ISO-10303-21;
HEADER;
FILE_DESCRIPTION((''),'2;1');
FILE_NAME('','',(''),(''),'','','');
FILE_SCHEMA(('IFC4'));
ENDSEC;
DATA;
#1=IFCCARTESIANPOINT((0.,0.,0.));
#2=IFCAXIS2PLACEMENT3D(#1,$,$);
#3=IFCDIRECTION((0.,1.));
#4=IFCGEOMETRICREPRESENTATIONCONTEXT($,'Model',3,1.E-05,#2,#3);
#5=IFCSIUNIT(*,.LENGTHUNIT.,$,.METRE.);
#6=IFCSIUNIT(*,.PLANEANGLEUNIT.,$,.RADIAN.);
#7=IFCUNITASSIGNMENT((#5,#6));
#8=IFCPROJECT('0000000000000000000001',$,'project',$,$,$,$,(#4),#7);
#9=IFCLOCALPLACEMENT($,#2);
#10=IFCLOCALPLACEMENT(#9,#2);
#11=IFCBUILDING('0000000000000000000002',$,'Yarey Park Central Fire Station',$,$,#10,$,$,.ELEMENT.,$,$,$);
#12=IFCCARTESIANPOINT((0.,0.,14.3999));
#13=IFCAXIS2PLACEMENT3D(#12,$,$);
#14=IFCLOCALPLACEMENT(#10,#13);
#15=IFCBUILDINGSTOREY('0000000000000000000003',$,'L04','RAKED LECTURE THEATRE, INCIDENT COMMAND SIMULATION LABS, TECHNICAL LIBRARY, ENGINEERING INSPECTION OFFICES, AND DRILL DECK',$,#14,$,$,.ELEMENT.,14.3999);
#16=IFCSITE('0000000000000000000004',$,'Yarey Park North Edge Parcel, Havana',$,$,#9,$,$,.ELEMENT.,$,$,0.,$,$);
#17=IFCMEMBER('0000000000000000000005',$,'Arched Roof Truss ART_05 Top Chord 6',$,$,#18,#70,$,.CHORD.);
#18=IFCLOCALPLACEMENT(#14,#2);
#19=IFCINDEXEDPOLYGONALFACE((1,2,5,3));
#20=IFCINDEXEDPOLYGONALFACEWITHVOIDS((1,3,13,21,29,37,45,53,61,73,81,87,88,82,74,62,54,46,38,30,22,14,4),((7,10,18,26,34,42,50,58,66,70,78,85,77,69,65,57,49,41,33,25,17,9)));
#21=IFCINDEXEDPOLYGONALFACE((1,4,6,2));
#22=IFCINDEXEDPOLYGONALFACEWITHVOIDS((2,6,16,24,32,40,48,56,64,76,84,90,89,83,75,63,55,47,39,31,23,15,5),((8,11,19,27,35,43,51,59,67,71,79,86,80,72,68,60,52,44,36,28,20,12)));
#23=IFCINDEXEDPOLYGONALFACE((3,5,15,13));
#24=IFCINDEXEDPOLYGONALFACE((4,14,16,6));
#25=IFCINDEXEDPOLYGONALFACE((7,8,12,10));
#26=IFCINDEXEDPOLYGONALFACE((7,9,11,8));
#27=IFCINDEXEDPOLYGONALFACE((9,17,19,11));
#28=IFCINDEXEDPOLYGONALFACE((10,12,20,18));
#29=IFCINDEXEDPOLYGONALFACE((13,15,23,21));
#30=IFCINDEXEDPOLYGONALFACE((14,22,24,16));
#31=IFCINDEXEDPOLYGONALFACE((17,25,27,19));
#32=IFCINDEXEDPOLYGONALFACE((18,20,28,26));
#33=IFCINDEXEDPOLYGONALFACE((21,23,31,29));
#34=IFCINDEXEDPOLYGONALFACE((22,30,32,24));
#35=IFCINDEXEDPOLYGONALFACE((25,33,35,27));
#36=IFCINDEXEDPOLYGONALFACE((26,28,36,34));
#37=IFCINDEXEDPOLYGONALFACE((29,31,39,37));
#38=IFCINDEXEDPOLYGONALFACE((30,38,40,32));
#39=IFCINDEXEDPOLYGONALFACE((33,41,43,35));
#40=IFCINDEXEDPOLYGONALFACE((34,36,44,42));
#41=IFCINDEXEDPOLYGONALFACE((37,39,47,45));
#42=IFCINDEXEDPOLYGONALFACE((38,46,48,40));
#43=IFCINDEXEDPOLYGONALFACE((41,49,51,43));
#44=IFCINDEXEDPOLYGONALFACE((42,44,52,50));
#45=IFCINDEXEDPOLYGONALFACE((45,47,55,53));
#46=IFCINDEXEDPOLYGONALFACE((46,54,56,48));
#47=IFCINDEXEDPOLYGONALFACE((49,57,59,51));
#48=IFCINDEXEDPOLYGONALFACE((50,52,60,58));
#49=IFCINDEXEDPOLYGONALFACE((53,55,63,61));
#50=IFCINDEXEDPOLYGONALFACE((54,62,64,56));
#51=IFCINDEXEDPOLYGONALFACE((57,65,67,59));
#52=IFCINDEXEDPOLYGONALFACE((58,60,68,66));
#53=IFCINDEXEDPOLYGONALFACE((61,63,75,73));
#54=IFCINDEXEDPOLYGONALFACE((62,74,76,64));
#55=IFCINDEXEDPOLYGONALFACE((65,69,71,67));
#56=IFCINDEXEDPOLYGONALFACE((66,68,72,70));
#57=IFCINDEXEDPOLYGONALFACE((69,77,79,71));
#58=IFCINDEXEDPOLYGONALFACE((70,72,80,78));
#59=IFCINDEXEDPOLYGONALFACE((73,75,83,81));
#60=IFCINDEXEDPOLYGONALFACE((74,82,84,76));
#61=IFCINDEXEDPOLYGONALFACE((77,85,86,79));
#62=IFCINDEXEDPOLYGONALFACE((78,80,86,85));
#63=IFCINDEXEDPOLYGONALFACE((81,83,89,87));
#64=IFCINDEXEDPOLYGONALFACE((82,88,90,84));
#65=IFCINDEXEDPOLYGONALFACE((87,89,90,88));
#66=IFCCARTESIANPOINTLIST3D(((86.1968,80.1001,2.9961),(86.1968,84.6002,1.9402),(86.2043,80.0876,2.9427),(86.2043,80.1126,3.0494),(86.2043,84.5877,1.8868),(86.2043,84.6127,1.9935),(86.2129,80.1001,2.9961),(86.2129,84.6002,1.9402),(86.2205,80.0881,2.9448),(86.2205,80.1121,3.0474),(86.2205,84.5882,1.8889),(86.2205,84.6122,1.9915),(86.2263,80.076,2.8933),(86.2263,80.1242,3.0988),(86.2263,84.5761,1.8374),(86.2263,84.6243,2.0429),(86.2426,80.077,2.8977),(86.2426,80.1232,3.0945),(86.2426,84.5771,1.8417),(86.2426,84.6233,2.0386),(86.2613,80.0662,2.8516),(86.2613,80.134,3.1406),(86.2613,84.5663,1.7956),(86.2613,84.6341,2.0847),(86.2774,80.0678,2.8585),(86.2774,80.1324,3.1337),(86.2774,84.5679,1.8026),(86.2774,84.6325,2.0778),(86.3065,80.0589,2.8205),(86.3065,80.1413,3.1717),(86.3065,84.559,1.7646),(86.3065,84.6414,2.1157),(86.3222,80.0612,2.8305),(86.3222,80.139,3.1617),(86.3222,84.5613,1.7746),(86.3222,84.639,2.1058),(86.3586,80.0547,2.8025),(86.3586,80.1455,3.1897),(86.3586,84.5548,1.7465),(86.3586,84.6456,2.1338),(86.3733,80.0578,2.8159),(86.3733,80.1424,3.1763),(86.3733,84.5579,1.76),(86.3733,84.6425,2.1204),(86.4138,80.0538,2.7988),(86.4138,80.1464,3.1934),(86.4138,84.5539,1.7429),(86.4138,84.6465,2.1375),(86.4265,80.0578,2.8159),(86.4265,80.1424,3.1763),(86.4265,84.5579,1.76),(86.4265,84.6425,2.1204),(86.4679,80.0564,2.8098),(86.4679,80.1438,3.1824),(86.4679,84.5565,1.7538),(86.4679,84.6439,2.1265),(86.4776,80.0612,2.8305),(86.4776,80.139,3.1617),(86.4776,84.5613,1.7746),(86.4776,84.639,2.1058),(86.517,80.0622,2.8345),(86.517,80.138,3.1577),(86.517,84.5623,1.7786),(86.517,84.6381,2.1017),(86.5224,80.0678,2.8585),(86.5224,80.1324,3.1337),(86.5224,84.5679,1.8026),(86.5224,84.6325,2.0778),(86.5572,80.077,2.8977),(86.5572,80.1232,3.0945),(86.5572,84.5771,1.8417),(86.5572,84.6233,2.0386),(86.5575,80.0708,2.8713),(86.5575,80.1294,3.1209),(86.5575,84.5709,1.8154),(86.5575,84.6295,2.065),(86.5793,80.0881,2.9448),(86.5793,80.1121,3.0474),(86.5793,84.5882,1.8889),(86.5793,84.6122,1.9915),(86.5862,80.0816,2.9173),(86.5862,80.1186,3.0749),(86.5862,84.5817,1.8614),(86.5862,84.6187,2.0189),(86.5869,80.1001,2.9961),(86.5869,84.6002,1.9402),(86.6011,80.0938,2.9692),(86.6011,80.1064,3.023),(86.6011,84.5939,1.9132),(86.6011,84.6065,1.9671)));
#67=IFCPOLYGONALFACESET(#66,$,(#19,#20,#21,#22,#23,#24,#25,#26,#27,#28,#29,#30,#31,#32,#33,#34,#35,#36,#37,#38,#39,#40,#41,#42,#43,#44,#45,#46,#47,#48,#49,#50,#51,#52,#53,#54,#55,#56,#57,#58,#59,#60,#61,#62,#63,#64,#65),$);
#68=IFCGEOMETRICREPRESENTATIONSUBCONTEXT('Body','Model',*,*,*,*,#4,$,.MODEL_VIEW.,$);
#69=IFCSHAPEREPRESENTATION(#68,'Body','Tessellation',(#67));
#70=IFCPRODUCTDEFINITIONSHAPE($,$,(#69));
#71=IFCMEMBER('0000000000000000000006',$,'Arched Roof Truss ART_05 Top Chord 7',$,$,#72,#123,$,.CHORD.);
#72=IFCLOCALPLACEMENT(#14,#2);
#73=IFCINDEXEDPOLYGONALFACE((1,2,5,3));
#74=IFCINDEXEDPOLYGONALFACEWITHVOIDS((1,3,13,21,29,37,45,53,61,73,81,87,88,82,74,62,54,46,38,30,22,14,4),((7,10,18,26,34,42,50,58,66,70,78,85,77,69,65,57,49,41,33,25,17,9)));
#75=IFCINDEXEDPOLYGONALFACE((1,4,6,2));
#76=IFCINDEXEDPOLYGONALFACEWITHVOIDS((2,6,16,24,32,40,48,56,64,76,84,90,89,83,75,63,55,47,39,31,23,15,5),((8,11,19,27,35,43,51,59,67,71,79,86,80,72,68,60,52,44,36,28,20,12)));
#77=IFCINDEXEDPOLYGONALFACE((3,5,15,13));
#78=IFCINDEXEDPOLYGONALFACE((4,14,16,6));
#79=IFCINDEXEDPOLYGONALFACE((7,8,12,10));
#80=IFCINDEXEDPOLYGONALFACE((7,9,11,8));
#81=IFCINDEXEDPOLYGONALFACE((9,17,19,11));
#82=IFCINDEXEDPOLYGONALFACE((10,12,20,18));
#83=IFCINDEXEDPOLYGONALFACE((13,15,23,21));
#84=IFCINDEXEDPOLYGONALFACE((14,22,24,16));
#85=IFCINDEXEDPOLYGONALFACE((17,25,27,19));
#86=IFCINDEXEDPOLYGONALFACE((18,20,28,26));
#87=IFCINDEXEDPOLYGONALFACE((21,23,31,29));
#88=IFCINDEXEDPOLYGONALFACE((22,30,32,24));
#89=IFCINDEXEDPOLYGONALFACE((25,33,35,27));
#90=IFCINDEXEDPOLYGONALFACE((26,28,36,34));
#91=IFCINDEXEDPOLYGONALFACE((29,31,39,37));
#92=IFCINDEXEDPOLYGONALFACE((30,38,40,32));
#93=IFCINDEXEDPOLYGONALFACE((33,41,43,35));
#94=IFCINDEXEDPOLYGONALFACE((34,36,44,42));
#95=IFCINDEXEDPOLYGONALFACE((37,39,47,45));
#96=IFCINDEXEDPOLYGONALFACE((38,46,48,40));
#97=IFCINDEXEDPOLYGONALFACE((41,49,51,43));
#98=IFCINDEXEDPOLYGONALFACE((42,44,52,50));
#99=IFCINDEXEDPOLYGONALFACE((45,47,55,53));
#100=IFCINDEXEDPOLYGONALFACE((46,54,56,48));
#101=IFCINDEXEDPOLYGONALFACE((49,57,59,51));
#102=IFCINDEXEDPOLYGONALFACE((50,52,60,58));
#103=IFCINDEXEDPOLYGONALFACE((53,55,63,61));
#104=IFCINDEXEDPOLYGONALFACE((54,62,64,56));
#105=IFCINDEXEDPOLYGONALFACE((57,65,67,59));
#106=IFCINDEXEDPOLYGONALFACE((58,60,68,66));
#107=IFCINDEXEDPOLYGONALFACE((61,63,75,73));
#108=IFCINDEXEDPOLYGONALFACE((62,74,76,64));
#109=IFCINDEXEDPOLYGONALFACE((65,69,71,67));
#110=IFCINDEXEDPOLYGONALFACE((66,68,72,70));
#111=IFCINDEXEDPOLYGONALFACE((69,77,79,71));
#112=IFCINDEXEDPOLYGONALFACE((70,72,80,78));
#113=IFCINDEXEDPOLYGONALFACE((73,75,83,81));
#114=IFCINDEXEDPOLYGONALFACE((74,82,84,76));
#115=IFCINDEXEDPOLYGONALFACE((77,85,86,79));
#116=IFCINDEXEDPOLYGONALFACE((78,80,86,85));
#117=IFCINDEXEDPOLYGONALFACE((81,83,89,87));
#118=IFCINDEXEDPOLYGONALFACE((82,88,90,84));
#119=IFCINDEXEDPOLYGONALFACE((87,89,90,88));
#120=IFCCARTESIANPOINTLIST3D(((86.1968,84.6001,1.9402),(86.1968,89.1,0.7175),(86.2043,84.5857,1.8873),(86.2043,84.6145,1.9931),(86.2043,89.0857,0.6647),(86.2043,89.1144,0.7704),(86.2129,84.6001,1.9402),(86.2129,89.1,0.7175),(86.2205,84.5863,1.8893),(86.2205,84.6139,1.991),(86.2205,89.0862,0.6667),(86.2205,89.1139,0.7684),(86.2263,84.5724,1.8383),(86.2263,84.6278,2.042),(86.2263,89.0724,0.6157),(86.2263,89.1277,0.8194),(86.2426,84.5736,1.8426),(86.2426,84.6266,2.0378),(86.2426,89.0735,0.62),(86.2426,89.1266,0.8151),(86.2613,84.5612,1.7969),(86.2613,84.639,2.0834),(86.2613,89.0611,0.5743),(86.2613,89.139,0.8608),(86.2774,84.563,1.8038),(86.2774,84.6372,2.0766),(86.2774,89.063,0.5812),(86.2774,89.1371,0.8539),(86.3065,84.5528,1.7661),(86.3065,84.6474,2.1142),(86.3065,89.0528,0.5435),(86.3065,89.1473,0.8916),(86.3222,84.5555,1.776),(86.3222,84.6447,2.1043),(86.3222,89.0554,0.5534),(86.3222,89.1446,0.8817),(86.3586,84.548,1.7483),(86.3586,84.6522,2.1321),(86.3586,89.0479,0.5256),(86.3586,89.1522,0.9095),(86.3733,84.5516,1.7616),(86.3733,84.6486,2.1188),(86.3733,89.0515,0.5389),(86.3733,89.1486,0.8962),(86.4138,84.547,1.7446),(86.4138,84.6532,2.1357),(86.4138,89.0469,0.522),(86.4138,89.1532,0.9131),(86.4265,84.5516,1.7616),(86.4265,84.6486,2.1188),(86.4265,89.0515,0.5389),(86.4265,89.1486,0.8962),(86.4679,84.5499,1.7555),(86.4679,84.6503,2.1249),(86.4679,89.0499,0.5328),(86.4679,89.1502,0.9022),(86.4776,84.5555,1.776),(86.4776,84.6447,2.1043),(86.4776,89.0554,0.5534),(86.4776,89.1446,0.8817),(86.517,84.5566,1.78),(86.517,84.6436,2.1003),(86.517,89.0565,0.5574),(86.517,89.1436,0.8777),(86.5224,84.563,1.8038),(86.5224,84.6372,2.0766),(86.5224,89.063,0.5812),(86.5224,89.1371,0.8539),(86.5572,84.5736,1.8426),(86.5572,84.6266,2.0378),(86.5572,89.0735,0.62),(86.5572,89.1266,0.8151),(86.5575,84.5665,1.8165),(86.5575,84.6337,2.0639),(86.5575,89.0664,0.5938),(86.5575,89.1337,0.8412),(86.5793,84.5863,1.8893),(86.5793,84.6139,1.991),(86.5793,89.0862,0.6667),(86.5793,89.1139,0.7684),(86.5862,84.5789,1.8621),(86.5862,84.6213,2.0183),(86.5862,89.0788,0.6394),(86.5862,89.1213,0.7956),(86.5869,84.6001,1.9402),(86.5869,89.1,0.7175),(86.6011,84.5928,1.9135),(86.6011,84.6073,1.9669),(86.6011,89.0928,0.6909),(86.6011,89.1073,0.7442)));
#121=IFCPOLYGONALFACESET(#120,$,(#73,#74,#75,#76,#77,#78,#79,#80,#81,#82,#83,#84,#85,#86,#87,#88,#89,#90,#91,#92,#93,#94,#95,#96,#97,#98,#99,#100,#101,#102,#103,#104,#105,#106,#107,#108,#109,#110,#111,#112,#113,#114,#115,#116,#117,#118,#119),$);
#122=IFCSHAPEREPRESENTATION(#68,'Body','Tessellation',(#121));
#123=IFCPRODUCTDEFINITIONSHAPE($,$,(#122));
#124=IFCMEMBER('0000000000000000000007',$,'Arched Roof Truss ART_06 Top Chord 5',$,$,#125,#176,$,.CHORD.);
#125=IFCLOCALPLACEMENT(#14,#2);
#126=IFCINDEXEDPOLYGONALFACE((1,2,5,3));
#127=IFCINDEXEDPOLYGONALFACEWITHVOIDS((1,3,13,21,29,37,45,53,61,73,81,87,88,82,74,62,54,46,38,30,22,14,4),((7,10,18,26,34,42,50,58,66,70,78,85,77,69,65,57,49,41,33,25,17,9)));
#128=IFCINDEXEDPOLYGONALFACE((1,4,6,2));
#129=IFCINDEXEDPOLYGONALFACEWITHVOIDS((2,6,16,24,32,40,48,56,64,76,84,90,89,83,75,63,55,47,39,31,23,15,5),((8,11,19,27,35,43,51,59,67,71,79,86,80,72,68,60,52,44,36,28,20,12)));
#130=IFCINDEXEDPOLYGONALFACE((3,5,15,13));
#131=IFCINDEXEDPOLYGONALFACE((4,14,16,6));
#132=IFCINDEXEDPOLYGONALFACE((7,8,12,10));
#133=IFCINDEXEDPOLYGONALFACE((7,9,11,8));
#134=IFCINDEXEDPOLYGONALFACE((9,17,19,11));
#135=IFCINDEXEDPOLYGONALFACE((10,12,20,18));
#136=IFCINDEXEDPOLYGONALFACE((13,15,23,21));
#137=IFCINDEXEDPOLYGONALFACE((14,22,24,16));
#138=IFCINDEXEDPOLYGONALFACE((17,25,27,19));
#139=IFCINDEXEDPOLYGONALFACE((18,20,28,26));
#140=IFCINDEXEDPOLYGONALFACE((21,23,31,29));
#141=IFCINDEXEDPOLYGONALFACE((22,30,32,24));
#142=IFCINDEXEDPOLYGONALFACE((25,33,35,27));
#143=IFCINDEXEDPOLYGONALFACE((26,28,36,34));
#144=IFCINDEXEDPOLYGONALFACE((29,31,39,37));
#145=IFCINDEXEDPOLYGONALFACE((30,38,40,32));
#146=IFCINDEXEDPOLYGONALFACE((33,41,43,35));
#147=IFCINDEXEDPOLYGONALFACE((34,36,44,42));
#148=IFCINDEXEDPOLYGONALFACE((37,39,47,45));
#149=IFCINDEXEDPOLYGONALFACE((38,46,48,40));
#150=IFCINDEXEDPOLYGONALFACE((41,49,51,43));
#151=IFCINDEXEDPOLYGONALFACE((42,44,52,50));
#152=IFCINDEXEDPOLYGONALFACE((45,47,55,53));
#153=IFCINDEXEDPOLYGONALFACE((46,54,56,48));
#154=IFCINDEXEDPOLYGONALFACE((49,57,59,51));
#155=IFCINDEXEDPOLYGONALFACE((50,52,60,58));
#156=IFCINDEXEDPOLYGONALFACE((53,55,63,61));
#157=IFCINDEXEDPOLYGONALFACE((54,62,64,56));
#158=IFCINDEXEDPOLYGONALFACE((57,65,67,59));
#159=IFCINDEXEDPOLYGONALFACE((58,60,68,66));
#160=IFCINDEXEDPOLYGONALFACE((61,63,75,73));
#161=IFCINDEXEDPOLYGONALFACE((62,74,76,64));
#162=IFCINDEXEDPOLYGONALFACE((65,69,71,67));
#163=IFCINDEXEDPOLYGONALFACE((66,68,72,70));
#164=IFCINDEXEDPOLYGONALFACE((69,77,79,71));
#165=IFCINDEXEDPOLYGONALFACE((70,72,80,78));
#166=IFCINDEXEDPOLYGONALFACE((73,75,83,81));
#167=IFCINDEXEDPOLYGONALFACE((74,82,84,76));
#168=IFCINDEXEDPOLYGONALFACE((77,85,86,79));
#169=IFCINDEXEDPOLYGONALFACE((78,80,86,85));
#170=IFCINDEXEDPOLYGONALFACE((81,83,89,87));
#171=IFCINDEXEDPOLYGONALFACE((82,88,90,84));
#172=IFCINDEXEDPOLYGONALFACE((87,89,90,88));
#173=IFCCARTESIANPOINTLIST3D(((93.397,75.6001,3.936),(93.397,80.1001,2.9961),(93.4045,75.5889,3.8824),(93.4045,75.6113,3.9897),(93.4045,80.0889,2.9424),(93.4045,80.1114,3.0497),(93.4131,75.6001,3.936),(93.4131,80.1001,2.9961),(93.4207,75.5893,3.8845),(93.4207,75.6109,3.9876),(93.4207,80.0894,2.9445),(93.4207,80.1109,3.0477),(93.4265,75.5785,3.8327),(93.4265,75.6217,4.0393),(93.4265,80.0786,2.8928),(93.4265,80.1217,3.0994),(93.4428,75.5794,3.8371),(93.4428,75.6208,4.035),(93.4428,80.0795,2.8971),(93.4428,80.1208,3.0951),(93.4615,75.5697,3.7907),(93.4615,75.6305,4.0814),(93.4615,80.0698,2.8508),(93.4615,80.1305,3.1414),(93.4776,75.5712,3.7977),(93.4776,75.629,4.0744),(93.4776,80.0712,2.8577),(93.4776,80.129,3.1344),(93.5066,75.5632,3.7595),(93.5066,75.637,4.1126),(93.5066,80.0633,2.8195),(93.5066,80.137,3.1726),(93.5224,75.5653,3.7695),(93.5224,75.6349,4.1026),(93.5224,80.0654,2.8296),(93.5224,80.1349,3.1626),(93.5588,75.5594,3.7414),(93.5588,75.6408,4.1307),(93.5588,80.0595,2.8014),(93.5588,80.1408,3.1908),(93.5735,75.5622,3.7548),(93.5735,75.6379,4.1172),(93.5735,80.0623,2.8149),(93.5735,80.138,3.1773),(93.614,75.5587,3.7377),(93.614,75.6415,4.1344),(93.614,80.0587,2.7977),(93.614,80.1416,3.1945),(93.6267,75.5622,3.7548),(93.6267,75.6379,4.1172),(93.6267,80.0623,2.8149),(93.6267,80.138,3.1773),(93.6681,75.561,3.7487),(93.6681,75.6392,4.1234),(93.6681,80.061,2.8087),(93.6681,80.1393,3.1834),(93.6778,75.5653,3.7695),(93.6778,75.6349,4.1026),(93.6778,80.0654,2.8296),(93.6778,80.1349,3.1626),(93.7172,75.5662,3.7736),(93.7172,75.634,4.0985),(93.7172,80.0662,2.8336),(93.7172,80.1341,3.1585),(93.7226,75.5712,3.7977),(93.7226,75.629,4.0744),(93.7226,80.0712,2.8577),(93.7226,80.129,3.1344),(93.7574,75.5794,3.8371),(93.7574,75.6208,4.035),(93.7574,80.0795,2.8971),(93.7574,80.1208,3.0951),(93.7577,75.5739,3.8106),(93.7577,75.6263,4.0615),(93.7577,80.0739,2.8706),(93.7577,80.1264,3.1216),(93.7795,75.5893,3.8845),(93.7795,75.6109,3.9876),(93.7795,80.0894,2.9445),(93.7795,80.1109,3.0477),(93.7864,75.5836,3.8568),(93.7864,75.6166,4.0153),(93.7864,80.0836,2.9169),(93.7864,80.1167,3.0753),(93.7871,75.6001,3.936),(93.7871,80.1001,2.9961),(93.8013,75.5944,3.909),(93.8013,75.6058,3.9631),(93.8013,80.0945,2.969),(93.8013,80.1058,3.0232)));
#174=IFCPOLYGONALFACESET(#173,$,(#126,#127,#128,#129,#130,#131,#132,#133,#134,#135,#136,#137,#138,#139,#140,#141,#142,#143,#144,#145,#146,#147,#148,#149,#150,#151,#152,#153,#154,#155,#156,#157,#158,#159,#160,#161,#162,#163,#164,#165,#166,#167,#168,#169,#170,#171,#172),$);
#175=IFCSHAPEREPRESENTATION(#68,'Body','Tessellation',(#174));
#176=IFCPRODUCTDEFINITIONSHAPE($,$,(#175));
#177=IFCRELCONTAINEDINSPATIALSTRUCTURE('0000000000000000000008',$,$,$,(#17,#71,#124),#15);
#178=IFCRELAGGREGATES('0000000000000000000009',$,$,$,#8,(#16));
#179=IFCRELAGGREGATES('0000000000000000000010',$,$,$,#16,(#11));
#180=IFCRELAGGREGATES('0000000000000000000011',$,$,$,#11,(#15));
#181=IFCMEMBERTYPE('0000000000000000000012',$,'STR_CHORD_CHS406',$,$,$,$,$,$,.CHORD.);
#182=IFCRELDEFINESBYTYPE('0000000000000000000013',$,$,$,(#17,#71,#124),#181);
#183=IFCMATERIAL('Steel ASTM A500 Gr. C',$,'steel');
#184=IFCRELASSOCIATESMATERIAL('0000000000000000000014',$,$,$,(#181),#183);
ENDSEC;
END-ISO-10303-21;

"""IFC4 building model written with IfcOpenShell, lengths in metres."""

from ifc_helpers import new_model, si_unit, direction, frame, origin, origin_2d, place, context, subcontext, project, spatial, hollow_circle, extrude, material, material_profile, profile_set, type_object, element, save


model = new_model("IFC4")

# Units and contexts
model_context = context("Model", 3, precision=1e-05, world=origin(), true_north=direction((0.0, 1.0)))
body_context = subcontext(model_context, "Body", "Model", "MODEL_VIEW")
ifc_project = project(units=[si_unit("LENGTHUNIT", "METRE"), si_unit("PLANEANGLEUNIT", "RADIAN")], contexts=[model_context])

# Site, building, storey
site_placement = place(None, origin())
site = spatial("IfcSite", under=ifc_project, at=site_placement, Name="Yarey Park North Edge Parcel, Havana", CompositionType="ELEMENT", RefElevation=0.0)
building_placement = place(site_placement, origin())
building = spatial("IfcBuilding", under=site, at=building_placement, Name="Yarey Park Central Fire Station", CompositionType="ELEMENT")
storey_placement = place(building_placement, frame((0.0, 0.0, 14.3999)))
storey = spatial("IfcBuildingStorey", under=building, at=storey_placement, Name="L04", Description="RAKED LECTURE THEATRE, INCIDENT COMMAND SIMULATION LABS, TECHNICAL LIBRARY, ENGINEERING INSPECTION OFFICES, AND DRILL DECK", CompositionType="ELEMENT", Elevation=14.3999)

# Members
ifc_material = material(Name="Steel ASTM A500 Gr. C", Category="steel")
ifc_material_profile_1 = material_profile(ifc_material, hollow_circle(Radius=0.2031, WallThickness=0.0161, at=origin_2d()), Name="CHS 406.4x16")
ifc_profile_set_1 = profile_set([ifc_material_profile_1], Name="Steel ASTM A500 Gr. C")
member_type_1 = type_object("IfcMemberType", Name="STR_CHORD_CHS406", PredefinedType="CHORD", material=ifc_profile_set_1)
member_1_placement = place(storey_placement, frame((86.3999, 80.1001, 2.9961), z_axis=(0.0, 0.973558, -0.228442), x_axis=(-1.0, 0.0, 0.0)))
element("IfcMember", 1, at=member_1_placement, inside=storey, type_object=member_type_1, Name="Arched Roof Truss ART_05 Top Chord 6", PredefinedType="CHORD", context=body_context, shape_type="SweptSolid", body=[
    extrude(hollow_circle(Radius=0.2031, WallThickness=0.0161, at=origin_2d()), origin(), (0.0, 0.0, 1.0), 4.6223),
])
member_2_placement = place(storey_placement, frame((86.3999, 84.6001, 1.9402), z_axis=(0.0, 0.965015, -0.262196), x_axis=(-1.0, 0.0, 0.0)))
element("IfcMember", 2, at=member_2_placement, inside=storey, type_object=member_type_1, Name="Arched Roof Truss ART_05 Top Chord 7", PredefinedType="CHORD", context=body_context, shape_type="SweptSolid", body=[
    extrude(hollow_circle(Radius=0.2031, WallThickness=0.0161, at=origin_2d()), origin(), (0.0, 0.0, 1.0), 4.6631),
])
member_3_placement = place(storey_placement, frame((93.6001, 75.6001, 3.936), z_axis=(0.0, 0.978874, -0.204463), x_axis=(-1.0, 0.0, 0.0)))
element("IfcMember", 3, at=member_3_placement, inside=storey, type_object=member_type_1, Name="Arched Roof Truss ART_06 Top Chord 5", PredefinedType="CHORD", context=body_context, shape_type="SweptSolid", body=[
    extrude(hollow_circle(Radius=0.2031, WallThickness=0.0161, at=origin_2d()), origin(), (0.0, 0.0, 1.0), 4.5972),
])

save(model, "model.ifc")
